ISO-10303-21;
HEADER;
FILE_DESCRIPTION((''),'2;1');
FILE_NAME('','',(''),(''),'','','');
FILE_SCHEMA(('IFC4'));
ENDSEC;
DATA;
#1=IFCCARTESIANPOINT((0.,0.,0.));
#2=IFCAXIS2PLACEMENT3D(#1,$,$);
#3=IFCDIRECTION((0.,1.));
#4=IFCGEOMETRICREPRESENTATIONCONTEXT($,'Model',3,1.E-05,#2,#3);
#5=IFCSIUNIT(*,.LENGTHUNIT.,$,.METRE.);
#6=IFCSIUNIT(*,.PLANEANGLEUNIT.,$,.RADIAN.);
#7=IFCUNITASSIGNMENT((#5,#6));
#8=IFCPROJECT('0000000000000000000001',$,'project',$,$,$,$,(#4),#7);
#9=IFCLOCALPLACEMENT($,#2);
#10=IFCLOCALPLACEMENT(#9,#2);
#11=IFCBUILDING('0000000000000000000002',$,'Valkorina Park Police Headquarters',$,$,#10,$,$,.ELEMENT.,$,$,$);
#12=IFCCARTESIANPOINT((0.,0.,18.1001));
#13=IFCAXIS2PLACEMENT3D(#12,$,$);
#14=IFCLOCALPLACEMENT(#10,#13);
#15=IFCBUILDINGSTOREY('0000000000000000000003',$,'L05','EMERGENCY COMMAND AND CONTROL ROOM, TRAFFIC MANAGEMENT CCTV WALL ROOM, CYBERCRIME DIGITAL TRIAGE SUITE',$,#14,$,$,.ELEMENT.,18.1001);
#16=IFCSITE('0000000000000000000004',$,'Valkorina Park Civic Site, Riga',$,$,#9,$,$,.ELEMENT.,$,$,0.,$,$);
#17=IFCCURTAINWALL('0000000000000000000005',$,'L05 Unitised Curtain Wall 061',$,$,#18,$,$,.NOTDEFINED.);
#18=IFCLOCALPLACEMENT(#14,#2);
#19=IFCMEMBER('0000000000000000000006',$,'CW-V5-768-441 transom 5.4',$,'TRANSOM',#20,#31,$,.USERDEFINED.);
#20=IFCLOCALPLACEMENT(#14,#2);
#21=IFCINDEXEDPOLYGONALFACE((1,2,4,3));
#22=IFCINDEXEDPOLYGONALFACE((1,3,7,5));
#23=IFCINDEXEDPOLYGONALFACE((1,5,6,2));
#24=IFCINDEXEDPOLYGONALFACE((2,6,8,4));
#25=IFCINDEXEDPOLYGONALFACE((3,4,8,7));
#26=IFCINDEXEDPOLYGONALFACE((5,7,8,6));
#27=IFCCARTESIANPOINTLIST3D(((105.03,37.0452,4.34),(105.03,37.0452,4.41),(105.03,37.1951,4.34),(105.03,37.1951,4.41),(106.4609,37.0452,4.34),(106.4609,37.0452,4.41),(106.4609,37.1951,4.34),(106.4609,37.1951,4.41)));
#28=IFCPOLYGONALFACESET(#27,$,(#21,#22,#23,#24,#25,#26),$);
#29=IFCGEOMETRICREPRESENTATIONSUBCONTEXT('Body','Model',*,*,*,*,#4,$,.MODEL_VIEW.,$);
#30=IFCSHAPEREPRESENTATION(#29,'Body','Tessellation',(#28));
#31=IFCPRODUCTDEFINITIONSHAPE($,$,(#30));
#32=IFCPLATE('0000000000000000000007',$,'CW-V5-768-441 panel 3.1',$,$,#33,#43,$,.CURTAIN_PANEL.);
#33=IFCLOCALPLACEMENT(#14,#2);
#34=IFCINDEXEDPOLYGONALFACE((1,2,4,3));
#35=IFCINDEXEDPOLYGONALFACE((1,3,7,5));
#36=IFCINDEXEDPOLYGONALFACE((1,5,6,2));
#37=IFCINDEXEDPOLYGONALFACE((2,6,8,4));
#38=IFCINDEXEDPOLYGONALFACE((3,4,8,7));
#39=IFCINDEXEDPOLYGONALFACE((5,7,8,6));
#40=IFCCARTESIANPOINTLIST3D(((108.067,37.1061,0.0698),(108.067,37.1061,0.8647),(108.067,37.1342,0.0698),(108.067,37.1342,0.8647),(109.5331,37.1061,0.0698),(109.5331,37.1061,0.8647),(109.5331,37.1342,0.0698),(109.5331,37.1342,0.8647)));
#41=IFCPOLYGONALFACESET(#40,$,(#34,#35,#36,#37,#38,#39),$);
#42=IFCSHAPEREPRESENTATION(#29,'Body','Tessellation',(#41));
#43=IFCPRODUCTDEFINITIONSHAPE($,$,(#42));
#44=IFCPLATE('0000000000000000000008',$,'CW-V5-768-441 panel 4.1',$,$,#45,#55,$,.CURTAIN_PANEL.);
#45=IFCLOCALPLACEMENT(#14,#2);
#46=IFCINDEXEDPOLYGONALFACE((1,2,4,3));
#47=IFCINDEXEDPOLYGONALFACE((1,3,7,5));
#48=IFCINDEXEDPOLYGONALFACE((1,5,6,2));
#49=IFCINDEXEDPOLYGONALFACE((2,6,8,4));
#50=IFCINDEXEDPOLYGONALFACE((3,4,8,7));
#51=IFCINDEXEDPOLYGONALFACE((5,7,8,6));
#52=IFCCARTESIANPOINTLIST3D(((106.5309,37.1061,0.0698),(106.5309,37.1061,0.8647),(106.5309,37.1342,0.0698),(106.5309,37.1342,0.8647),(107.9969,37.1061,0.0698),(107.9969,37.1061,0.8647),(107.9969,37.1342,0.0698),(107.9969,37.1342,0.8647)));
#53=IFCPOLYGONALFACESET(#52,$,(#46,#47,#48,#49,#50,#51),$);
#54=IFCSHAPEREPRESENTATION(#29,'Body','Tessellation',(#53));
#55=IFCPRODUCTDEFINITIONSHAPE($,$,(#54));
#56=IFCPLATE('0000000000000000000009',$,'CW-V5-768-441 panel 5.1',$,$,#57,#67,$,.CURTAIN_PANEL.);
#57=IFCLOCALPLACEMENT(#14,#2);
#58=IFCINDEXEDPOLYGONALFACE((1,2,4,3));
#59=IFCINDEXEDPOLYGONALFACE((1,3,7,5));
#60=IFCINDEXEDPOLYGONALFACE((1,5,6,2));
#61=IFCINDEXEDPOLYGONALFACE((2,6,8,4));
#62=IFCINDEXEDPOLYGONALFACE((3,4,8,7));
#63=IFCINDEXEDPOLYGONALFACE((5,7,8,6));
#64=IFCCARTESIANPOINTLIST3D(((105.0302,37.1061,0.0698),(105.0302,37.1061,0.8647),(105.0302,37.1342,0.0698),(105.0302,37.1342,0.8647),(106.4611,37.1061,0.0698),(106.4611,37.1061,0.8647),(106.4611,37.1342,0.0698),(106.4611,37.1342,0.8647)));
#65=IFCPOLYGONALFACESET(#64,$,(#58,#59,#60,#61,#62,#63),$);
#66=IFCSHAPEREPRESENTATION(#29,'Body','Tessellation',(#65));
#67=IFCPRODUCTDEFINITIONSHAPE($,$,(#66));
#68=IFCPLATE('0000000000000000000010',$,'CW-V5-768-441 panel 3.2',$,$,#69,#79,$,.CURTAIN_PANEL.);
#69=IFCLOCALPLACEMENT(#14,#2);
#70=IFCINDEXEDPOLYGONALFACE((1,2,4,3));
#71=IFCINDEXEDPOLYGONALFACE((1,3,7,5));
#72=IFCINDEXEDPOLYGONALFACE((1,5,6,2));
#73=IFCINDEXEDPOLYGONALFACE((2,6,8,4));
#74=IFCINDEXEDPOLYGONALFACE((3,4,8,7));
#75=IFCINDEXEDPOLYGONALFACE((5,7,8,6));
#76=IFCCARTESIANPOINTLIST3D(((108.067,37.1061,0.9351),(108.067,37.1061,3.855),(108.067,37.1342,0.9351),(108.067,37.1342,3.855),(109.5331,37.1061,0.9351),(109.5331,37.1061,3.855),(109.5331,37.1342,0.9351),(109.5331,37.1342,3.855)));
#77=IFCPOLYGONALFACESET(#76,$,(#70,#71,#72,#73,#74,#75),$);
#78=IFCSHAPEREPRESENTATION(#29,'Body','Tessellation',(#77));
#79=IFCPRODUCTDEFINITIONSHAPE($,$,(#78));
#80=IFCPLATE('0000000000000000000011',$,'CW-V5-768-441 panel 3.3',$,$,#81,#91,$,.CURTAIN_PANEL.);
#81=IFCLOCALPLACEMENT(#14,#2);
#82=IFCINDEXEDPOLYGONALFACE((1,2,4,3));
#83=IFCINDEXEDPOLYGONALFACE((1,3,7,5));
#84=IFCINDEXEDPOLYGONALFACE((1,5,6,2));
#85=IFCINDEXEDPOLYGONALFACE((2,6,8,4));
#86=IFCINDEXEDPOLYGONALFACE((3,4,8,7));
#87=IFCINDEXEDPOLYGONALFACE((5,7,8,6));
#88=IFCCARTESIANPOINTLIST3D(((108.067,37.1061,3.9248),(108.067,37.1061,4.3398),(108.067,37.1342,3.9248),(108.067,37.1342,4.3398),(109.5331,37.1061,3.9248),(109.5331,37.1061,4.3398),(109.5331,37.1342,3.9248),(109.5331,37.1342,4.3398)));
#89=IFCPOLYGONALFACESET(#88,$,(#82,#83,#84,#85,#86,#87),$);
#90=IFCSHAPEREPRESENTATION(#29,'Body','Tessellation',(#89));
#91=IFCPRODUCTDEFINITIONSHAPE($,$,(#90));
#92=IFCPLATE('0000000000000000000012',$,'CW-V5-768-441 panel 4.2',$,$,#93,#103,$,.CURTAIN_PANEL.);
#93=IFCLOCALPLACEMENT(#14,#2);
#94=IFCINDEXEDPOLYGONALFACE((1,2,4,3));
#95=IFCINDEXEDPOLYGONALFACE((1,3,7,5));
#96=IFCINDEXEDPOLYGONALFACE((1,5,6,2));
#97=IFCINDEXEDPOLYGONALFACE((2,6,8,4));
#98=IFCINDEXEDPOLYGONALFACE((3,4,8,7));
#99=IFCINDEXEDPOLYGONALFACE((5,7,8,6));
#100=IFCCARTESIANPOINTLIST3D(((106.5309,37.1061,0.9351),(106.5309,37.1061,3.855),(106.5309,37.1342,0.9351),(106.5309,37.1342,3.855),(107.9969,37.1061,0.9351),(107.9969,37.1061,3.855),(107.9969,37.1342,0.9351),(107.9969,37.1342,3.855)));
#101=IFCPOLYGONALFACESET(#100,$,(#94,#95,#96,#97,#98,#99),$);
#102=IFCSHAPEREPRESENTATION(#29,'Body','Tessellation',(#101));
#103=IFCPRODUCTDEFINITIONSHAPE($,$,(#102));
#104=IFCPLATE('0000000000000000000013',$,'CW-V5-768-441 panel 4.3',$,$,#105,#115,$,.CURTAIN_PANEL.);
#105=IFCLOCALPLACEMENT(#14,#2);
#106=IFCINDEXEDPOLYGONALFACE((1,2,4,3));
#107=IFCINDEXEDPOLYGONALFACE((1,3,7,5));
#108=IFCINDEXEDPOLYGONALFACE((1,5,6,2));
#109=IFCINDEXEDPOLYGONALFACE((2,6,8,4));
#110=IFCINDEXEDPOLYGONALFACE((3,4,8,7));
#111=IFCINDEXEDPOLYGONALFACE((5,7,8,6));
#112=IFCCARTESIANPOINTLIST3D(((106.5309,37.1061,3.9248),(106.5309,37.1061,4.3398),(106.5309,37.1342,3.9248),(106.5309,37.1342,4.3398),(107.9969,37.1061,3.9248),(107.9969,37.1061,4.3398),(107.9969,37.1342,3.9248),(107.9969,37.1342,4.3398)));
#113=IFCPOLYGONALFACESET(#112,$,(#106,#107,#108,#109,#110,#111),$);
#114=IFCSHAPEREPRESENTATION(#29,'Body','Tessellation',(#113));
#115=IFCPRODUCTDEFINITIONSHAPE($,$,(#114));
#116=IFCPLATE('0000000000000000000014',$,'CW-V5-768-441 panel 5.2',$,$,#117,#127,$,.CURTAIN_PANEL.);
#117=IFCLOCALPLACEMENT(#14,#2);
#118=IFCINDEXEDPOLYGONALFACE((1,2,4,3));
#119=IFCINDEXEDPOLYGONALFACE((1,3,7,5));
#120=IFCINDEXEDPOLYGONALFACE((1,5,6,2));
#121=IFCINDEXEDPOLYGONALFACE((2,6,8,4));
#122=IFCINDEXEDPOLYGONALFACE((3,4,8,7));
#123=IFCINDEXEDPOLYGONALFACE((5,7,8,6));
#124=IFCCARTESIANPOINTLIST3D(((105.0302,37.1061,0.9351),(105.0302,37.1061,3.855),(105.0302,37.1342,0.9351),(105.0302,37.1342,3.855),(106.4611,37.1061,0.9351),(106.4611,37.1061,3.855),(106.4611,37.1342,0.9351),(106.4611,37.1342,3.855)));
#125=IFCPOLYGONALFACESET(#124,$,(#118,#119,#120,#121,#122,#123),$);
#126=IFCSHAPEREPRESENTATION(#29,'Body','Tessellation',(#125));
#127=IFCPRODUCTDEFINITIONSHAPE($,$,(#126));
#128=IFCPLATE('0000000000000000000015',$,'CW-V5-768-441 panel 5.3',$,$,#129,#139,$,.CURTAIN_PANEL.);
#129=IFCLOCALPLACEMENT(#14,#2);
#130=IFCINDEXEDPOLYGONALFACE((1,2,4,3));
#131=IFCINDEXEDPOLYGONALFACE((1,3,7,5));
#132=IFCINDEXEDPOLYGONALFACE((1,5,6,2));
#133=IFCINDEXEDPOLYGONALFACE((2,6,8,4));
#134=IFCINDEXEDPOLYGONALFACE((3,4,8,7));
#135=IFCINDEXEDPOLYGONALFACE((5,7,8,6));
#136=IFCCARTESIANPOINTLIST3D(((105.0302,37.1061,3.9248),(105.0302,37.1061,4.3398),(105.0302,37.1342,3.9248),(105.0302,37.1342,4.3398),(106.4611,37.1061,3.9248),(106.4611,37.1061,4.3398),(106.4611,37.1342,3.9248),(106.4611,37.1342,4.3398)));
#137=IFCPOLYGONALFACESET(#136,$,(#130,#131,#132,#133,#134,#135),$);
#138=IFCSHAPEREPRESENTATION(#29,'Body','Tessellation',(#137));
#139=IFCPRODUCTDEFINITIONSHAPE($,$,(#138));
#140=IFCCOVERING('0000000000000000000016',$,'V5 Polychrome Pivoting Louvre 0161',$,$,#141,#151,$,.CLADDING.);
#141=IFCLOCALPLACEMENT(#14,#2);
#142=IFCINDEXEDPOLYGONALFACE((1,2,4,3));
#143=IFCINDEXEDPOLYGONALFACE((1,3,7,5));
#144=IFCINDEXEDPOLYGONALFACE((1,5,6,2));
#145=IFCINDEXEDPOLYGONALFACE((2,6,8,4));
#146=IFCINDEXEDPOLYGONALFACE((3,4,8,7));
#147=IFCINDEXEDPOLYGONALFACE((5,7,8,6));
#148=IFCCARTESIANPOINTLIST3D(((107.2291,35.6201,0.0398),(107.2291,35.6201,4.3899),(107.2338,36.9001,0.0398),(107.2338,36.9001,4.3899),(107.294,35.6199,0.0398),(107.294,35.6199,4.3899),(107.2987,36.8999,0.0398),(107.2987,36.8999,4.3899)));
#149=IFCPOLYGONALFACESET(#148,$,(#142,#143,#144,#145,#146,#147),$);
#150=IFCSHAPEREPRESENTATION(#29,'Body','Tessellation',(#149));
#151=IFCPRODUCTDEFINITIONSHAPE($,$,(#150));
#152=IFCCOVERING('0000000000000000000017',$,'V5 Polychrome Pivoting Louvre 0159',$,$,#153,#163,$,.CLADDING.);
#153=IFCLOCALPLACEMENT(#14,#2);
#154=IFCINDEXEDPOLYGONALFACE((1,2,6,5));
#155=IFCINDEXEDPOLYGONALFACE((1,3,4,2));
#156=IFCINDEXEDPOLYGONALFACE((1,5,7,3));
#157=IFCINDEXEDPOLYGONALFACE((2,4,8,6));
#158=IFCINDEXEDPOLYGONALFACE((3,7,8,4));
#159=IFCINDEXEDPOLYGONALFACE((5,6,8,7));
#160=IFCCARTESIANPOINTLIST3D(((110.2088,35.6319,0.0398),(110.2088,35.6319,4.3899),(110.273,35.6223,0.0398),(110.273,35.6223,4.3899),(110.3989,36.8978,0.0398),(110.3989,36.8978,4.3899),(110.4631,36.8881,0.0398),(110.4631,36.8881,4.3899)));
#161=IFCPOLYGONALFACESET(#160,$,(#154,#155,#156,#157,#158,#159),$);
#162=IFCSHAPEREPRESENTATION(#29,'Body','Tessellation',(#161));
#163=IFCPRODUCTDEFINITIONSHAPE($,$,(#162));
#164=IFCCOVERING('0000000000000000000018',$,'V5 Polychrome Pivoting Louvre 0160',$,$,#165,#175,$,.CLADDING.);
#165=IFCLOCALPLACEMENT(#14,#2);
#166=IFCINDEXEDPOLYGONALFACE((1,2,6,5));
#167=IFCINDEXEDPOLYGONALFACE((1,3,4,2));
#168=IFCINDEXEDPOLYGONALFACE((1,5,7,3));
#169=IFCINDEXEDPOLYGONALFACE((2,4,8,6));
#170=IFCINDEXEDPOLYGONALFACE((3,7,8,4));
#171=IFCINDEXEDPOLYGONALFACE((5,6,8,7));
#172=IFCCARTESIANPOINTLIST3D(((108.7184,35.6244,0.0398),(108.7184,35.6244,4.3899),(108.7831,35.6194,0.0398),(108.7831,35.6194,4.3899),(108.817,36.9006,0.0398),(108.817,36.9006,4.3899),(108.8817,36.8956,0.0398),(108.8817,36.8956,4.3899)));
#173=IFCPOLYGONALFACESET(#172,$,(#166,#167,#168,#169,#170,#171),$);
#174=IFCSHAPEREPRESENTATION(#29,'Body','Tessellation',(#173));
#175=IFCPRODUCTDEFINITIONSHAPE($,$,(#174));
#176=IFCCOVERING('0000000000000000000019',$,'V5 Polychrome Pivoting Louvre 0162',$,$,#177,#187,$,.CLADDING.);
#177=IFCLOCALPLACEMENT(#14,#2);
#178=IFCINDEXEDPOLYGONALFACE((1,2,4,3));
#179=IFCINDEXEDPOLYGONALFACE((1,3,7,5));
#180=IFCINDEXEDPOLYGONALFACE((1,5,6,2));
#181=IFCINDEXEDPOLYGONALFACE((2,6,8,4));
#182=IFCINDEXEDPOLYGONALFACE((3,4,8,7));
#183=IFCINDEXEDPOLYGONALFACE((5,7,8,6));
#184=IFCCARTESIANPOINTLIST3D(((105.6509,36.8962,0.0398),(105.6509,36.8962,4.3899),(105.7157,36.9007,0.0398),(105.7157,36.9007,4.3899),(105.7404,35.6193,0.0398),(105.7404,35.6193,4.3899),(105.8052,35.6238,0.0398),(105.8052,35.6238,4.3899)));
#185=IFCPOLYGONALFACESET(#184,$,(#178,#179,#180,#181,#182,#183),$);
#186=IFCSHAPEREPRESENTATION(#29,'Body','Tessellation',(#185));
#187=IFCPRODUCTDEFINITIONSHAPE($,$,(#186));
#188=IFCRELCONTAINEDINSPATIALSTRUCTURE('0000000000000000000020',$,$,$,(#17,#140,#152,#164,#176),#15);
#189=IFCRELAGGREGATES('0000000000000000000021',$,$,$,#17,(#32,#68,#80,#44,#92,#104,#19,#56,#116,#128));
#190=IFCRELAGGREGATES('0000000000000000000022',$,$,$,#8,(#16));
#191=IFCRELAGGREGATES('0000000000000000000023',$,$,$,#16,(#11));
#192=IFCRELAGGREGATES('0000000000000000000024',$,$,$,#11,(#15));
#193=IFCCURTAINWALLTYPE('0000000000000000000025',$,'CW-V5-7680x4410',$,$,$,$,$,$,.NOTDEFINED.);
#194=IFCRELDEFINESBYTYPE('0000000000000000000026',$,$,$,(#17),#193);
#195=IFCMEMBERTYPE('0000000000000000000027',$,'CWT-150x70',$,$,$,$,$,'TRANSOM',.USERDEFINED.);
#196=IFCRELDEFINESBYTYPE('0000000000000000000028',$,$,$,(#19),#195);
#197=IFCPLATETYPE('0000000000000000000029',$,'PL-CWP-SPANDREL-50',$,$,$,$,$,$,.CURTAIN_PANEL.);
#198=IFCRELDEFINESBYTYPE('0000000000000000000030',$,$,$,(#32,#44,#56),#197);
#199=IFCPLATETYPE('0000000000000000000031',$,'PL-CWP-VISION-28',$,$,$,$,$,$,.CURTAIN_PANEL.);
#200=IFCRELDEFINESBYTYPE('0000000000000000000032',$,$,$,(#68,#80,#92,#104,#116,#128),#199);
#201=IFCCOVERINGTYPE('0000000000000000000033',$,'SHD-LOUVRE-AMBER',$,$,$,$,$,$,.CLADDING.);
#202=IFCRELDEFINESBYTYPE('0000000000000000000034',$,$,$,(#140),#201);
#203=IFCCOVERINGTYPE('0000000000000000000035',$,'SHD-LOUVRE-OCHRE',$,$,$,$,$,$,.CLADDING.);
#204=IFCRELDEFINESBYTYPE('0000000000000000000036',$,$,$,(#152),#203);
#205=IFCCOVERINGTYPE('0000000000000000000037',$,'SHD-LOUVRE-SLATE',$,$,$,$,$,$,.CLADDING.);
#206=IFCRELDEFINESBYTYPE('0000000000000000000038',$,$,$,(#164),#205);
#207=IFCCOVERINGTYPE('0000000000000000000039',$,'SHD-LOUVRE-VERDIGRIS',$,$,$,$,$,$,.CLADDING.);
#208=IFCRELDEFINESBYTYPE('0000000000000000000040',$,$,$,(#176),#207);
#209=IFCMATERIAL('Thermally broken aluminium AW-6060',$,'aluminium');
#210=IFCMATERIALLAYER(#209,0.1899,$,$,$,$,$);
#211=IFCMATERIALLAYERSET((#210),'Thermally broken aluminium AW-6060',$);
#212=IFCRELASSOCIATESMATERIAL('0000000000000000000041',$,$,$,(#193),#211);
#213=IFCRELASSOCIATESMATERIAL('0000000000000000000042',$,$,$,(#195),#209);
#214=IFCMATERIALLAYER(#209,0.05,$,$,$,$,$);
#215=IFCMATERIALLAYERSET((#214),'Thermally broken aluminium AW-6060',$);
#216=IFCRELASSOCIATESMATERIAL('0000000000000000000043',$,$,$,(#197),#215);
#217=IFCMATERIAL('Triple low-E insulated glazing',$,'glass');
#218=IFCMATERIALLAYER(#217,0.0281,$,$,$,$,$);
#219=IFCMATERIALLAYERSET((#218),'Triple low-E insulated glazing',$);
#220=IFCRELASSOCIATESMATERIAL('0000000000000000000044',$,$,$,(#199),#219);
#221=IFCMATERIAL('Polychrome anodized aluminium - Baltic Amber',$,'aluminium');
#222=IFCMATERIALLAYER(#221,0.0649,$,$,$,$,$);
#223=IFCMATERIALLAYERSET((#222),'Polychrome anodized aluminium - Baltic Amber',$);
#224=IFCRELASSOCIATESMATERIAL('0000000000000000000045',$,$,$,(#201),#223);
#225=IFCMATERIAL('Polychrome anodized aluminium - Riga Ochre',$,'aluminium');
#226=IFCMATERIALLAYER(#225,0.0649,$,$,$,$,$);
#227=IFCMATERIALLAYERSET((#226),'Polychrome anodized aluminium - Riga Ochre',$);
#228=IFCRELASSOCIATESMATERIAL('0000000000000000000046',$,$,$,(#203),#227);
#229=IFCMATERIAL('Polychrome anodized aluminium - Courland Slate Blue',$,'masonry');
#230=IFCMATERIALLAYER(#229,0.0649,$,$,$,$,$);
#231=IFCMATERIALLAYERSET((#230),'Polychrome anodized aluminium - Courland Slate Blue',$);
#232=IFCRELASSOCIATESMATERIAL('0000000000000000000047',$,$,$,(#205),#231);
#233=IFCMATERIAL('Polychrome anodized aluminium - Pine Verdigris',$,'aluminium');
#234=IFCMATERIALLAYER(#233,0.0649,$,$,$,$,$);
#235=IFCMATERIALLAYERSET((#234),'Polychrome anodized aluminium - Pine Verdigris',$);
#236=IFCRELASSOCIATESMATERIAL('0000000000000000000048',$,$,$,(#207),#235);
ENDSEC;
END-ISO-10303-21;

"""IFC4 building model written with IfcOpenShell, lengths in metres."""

from ifc_helpers import new_model, si_unit, direction, frame, origin, origin_2d, place, context, subcontext, project, spatial, rectangle, extrude, material, layer, layer_set, material_profile, profile_set, type_object, element, aggregate, save


model = new_model("IFC4")

# Units and contexts
model_context = context("Model", 3, precision=1e-05, world=origin(), true_north=direction((0.0, 1.0)))
body_context = subcontext(model_context, "Body", "Model", "MODEL_VIEW")
ifc_project = project(units=[si_unit("LENGTHUNIT", "METRE"), si_unit("PLANEANGLEUNIT", "RADIAN")], contexts=[model_context])

# Site, building, storey
site_placement = place(None, origin())
site = spatial("IfcSite", under=ifc_project, at=site_placement, Name="Valkorina Park Civic Site, Riga", CompositionType="ELEMENT", RefElevation=0.0)
building_placement = place(site_placement, origin())
building = spatial("IfcBuilding", under=site, at=building_placement, Name="Valkorina Park Police Headquarters", CompositionType="ELEMENT")
storey_placement = place(building_placement, frame((0.0, 0.0, 18.1001)))
storey = spatial("IfcBuildingStorey", under=building, at=storey_placement, Name="L05", Description="EMERGENCY COMMAND AND CONTROL ROOM, TRAFFIC MANAGEMENT CCTV WALL ROOM, CYBERCRIME DIGITAL TRIAGE SUITE", CompositionType="ELEMENT", Elevation=18.1001)

# Curtain wall, member, plates
ifc_material_1 = material(Name="Thermally broken aluminium AW-6060", Category="aluminium")
ifc_layer_1 = layer(ifc_material_1, 0.1899)
ifc_layer_set_1 = layer_set([ifc_layer_1], Name="Thermally broken aluminium AW-6060")
curtain_wall_type = type_object("IfcCurtainWallType", Name="CW-V5-7680x4410", PredefinedType="NOTDEFINED", material=ifc_layer_set_1)
curtain_wall_placement = place(storey_placement, origin())
curtain_wall = element("IfcCurtainWall", 1, at=curtain_wall_placement, inside=storey, type_object=curtain_wall_type, Name="L05 Unitised Curtain Wall 061", PredefinedType="NOTDEFINED")
ifc_material_profile_1 = material_profile(ifc_material_1, rectangle(XDim=0.1499, YDim=0.0701, at=origin_2d()), Name="CWT-02 150x70")
ifc_profile_set_1 = profile_set([ifc_material_profile_1], Name="Thermally broken aluminium AW-6060")
member_type_1 = type_object("IfcMemberType", Name="CWT-150x70", ElementType="TRANSOM", PredefinedType="USERDEFINED", material=ifc_profile_set_1)
member_1_placement = place(storey_placement, frame((106.4609, 37.1201, 4.375), z_axis=(-1.0, 0.0, 0.0), x_axis=(0.0, -1.0, 0.0)))
member_1 = element("IfcMember", 2, at=member_1_placement, type_object=member_type_1, Name="CW-V5-768-441 transom 5.4", ObjectType="TRANSOM", PredefinedType="USERDEFINED", context=body_context, shape_type="SweptSolid", body=[
    extrude(rectangle(XDim=0.1499, YDim=0.0701, at=origin_2d()), origin(), (0.0, 0.0, 1.0), 1.4309),
])
ifc_layer_2 = layer(ifc_material_1, 0.05)
ifc_layer_set_2 = layer_set([ifc_layer_2], Name="Thermally broken aluminium AW-6060")
plate_type_1 = type_object("IfcPlateType", Name="PL-CWP-SPANDREL-50", PredefinedType="CURTAIN_PANEL", material=ifc_layer_set_2)
plate_1_placement = place(storey_placement, frame((108.8, 37.1201, 0.0698), z_axis=(0.0, 0.0, 1.0), x_axis=(-1.0, 0.0, 0.0)))
plate_1 = element("IfcPlate", 3, at=plate_1_placement, type_object=plate_type_1, Name="CW-V5-768-441 panel 3.1", PredefinedType="CURTAIN_PANEL", context=body_context, shape_type="SweptSolid", body=[
    extrude(rectangle(XDim=1.4661, YDim=0.0281, at=origin_2d()), origin(), (0.0, 0.0, 1.0), 0.7949),
])
plate_2_placement = place(storey_placement, frame((107.2639, 37.1201, 0.0698), z_axis=(0.0, 0.0, 1.0), x_axis=(-1.0, 0.0, 0.0)))
plate_2 = element("IfcPlate", 4, at=plate_2_placement, type_object=plate_type_1, Name="CW-V5-768-441 panel 4.1", PredefinedType="CURTAIN_PANEL", context=body_context, shape_type="SweptSolid", body=[
    extrude(rectangle(XDim=1.4661, YDim=0.0281, at=origin_2d()), origin(), (0.0, 0.0, 1.0), 0.7949),
])
plate_3_placement = place(storey_placement, frame((105.7456, 37.1201, 0.0698), z_axis=(0.0, 0.0, 1.0), x_axis=(-1.0, 0.0, 0.0)))
plate_3 = element("IfcPlate", 5, at=plate_3_placement, type_object=plate_type_1, Name="CW-V5-768-441 panel 5.1", PredefinedType="CURTAIN_PANEL", context=body_context, shape_type="SweptSolid", body=[
    extrude(rectangle(XDim=1.4309, YDim=0.0281, at=origin_2d()), origin(), (0.0, 0.0, 1.0), 0.7949),
])
ifc_material_2 = material(Name="Triple low-E insulated glazing", Category="glass")
ifc_layer_3 = layer(ifc_material_2, 0.0281)
ifc_layer_set_3 = layer_set([ifc_layer_3], Name="Triple low-E insulated glazing")
plate_type_2 = type_object("IfcPlateType", Name="PL-CWP-VISION-28", PredefinedType="CURTAIN_PANEL", material=ifc_layer_set_3)
plate_4_placement = place(storey_placement, frame((108.8, 37.1201, 0.9351), z_axis=(0.0, 0.0, 1.0), x_axis=(-1.0, 0.0, 0.0)))
plate_4 = element("IfcPlate", 6, at=plate_4_placement, type_object=plate_type_2, Name="CW-V5-768-441 panel 3.2", PredefinedType="CURTAIN_PANEL", context=body_context, shape_type="SweptSolid", body=[
    extrude(rectangle(XDim=1.4661, YDim=0.0281, at=origin_2d()), origin(), (0.0, 0.0, 1.0), 2.9199),
])
plate_5_placement = place(storey_placement, frame((108.8, 37.1201, 3.9248), z_axis=(0.0, 0.0, 1.0), x_axis=(-1.0, 0.0, 0.0)))
plate_5 = element("IfcPlate", 7, at=plate_5_placement, type_object=plate_type_2, Name="CW-V5-768-441 panel 3.3", PredefinedType="CURTAIN_PANEL", context=body_context, shape_type="SweptSolid", body=[
    extrude(rectangle(XDim=1.4661, YDim=0.0281, at=origin_2d()), origin(), (0.0, 0.0, 1.0), 0.415),
])
plate_6_placement = place(storey_placement, frame((107.2639, 37.1201, 0.9351), z_axis=(0.0, 0.0, 1.0), x_axis=(-1.0, 0.0, 0.0)))
plate_6 = element("IfcPlate", 8, at=plate_6_placement, type_object=plate_type_2, Name="CW-V5-768-441 panel 4.2", PredefinedType="CURTAIN_PANEL", context=body_context, shape_type="SweptSolid", body=[
    extrude(rectangle(XDim=1.4661, YDim=0.0281, at=origin_2d()), origin(), (0.0, 0.0, 1.0), 2.9199),
])
plate_7_placement = place(storey_placement, frame((107.2639, 37.1201, 3.9248), z_axis=(0.0, 0.0, 1.0), x_axis=(-1.0, 0.0, 0.0)))
plate_7 = element("IfcPlate", 9, at=plate_7_placement, type_object=plate_type_2, Name="CW-V5-768-441 panel 4.3", PredefinedType="CURTAIN_PANEL", context=body_context, shape_type="SweptSolid", body=[
    extrude(rectangle(XDim=1.4661, YDim=0.0281, at=origin_2d()), origin(), (0.0, 0.0, 1.0), 0.415),
])
plate_8_placement = place(storey_placement, frame((105.7456, 37.1201, 0.9351), z_axis=(0.0, 0.0, 1.0), x_axis=(-1.0, 0.0, 0.0)))
plate_8 = element("IfcPlate", 10, at=plate_8_placement, type_object=plate_type_2, Name="CW-V5-768-441 panel 5.2", PredefinedType="CURTAIN_PANEL", context=body_context, shape_type="SweptSolid", body=[
    extrude(rectangle(XDim=1.4309, YDim=0.0281, at=origin_2d()), origin(), (0.0, 0.0, 1.0), 2.9199),
])
plate_9_placement = place(storey_placement, frame((105.7456, 37.1201, 3.9248), z_axis=(0.0, 0.0, 1.0), x_axis=(-1.0, 0.0, 0.0)))
plate_9 = element("IfcPlate", 11, at=plate_9_placement, type_object=plate_type_2, Name="CW-V5-768-441 panel 5.3", PredefinedType="CURTAIN_PANEL", context=body_context, shape_type="SweptSolid", body=[
    extrude(rectangle(XDim=1.4309, YDim=0.0281, at=origin_2d()), origin(), (0.0, 0.0, 1.0), 0.415),
])
aggregate(curtain_wall, [plate_1, plate_4, plate_5, plate_2, plate_6, plate_7, member_1, plate_3, plate_8, plate_9])

# Coverings
ifc_material_3 = material(Name="Polychrome anodized aluminium - Baltic Amber", Category="aluminium")
ifc_layer_4 = layer(ifc_material_3, 0.0649)
ifc_layer_set_4 = layer_set([ifc_layer_4], Name="Polychrome anodized aluminium - Baltic Amber")
covering_type_1 = type_object("IfcCoveringType", Name="SHD-LOUVRE-AMBER", PredefinedType="CLADDING", material=ifc_layer_set_4)
covering_1_placement = place(storey_placement, frame((107.2639, 36.26, 0.0398), z_axis=(0.0, 0.0, 1.0), x_axis=(-0.003665, -0.999993, 0.0)))
element("IfcCovering", 12, at=covering_1_placement, inside=storey, type_object=covering_type_1, Name="V5 Polychrome Pivoting Louvre 0161", PredefinedType="CLADDING", context=body_context, shape_type="SweptSolid", body=[
    extrude(rectangle(XDim=1.28, YDim=0.0649, at=origin_2d()), origin(), (0.0, 0.0, 1.0), 4.3501),
])
ifc_material_4 = material(Name="Polychrome anodized aluminium - Riga Ochre", Category="aluminium")
ifc_layer_5 = layer(ifc_material_4, 0.0649)
ifc_layer_set_5 = layer_set([ifc_layer_5], Name="Polychrome anodized aluminium - Riga Ochre")
covering_type_2 = type_object("IfcCoveringType", Name="SHD-LOUVRE-OCHRE", PredefinedType="CLADDING", material=ifc_layer_set_5)
covering_2_placement = place(storey_placement, frame((110.3359, 36.26, 0.0398), z_axis=(0.0, 0.0, 1.0), x_axis=(-0.1485, -0.988912, 0.0)))
element("IfcCovering", 13, at=covering_2_placement, inside=storey, type_object=covering_type_2, Name="V5 Polychrome Pivoting Louvre 0159", PredefinedType="CLADDING", context=body_context, shape_type="SweptSolid", body=[
    extrude(rectangle(XDim=1.28, YDim=0.0649, at=origin_2d()), origin(), (0.0, 0.0, 1.0), 4.3501),
])
ifc_material_5 = material(Name="Polychrome anodized aluminium - Courland Slate Blue", Category="masonry")
ifc_layer_6 = layer(ifc_material_5, 0.0649)
ifc_layer_set_6 = layer_set([ifc_layer_6], Name="Polychrome anodized aluminium - Courland Slate Blue")
covering_type_3 = type_object("IfcCoveringType", Name="SHD-LOUVRE-SLATE", PredefinedType="CLADDING", material=ifc_layer_set_6)
covering_3_placement = place(storey_placement, frame((108.8, 36.26, 0.0398), z_axis=(0.0, 0.0, 1.0), x_axis=(-0.077067, -0.997026, 0.0)))
element("IfcCovering", 14, at=covering_3_placement, inside=storey, type_object=covering_type_3, Name="V5 Polychrome Pivoting Louvre 0160", PredefinedType="CLADDING", context=body_context, shape_type="SweptSolid", body=[
    extrude(rectangle(XDim=1.28, YDim=0.0649, at=origin_2d()), origin(), (0.0, 0.0, 1.0), 4.3501),
])
ifc_material_6 = material(Name="Polychrome anodized aluminium - Pine Verdigris", Category="aluminium")
ifc_layer_7 = layer(ifc_material_6, 0.0649)
ifc_layer_set_7 = layer_set([ifc_layer_7], Name="Polychrome anodized aluminium - Pine Verdigris")
covering_type_4 = type_object("IfcCoveringType", Name="SHD-LOUVRE-VERDIGRIS", PredefinedType="CLADDING", material=ifc_layer_set_7)
covering_4_placement = place(storey_placement, frame((105.728, 36.26, 0.0398), z_axis=(0.0, 0.0, 1.0), x_axis=(0.069931, -0.997552, 0.0)))
element("IfcCovering", 15, at=covering_4_placement, inside=storey, type_object=covering_type_4, Name="V5 Polychrome Pivoting Louvre 0162", PredefinedType="CLADDING", context=body_context, shape_type="SweptSolid", body=[
    extrude(rectangle(XDim=1.28, YDim=0.0649, at=origin_2d()), origin(), (0.0, 0.0, 1.0), 4.3501),
])

save(model, "model.ifc")
